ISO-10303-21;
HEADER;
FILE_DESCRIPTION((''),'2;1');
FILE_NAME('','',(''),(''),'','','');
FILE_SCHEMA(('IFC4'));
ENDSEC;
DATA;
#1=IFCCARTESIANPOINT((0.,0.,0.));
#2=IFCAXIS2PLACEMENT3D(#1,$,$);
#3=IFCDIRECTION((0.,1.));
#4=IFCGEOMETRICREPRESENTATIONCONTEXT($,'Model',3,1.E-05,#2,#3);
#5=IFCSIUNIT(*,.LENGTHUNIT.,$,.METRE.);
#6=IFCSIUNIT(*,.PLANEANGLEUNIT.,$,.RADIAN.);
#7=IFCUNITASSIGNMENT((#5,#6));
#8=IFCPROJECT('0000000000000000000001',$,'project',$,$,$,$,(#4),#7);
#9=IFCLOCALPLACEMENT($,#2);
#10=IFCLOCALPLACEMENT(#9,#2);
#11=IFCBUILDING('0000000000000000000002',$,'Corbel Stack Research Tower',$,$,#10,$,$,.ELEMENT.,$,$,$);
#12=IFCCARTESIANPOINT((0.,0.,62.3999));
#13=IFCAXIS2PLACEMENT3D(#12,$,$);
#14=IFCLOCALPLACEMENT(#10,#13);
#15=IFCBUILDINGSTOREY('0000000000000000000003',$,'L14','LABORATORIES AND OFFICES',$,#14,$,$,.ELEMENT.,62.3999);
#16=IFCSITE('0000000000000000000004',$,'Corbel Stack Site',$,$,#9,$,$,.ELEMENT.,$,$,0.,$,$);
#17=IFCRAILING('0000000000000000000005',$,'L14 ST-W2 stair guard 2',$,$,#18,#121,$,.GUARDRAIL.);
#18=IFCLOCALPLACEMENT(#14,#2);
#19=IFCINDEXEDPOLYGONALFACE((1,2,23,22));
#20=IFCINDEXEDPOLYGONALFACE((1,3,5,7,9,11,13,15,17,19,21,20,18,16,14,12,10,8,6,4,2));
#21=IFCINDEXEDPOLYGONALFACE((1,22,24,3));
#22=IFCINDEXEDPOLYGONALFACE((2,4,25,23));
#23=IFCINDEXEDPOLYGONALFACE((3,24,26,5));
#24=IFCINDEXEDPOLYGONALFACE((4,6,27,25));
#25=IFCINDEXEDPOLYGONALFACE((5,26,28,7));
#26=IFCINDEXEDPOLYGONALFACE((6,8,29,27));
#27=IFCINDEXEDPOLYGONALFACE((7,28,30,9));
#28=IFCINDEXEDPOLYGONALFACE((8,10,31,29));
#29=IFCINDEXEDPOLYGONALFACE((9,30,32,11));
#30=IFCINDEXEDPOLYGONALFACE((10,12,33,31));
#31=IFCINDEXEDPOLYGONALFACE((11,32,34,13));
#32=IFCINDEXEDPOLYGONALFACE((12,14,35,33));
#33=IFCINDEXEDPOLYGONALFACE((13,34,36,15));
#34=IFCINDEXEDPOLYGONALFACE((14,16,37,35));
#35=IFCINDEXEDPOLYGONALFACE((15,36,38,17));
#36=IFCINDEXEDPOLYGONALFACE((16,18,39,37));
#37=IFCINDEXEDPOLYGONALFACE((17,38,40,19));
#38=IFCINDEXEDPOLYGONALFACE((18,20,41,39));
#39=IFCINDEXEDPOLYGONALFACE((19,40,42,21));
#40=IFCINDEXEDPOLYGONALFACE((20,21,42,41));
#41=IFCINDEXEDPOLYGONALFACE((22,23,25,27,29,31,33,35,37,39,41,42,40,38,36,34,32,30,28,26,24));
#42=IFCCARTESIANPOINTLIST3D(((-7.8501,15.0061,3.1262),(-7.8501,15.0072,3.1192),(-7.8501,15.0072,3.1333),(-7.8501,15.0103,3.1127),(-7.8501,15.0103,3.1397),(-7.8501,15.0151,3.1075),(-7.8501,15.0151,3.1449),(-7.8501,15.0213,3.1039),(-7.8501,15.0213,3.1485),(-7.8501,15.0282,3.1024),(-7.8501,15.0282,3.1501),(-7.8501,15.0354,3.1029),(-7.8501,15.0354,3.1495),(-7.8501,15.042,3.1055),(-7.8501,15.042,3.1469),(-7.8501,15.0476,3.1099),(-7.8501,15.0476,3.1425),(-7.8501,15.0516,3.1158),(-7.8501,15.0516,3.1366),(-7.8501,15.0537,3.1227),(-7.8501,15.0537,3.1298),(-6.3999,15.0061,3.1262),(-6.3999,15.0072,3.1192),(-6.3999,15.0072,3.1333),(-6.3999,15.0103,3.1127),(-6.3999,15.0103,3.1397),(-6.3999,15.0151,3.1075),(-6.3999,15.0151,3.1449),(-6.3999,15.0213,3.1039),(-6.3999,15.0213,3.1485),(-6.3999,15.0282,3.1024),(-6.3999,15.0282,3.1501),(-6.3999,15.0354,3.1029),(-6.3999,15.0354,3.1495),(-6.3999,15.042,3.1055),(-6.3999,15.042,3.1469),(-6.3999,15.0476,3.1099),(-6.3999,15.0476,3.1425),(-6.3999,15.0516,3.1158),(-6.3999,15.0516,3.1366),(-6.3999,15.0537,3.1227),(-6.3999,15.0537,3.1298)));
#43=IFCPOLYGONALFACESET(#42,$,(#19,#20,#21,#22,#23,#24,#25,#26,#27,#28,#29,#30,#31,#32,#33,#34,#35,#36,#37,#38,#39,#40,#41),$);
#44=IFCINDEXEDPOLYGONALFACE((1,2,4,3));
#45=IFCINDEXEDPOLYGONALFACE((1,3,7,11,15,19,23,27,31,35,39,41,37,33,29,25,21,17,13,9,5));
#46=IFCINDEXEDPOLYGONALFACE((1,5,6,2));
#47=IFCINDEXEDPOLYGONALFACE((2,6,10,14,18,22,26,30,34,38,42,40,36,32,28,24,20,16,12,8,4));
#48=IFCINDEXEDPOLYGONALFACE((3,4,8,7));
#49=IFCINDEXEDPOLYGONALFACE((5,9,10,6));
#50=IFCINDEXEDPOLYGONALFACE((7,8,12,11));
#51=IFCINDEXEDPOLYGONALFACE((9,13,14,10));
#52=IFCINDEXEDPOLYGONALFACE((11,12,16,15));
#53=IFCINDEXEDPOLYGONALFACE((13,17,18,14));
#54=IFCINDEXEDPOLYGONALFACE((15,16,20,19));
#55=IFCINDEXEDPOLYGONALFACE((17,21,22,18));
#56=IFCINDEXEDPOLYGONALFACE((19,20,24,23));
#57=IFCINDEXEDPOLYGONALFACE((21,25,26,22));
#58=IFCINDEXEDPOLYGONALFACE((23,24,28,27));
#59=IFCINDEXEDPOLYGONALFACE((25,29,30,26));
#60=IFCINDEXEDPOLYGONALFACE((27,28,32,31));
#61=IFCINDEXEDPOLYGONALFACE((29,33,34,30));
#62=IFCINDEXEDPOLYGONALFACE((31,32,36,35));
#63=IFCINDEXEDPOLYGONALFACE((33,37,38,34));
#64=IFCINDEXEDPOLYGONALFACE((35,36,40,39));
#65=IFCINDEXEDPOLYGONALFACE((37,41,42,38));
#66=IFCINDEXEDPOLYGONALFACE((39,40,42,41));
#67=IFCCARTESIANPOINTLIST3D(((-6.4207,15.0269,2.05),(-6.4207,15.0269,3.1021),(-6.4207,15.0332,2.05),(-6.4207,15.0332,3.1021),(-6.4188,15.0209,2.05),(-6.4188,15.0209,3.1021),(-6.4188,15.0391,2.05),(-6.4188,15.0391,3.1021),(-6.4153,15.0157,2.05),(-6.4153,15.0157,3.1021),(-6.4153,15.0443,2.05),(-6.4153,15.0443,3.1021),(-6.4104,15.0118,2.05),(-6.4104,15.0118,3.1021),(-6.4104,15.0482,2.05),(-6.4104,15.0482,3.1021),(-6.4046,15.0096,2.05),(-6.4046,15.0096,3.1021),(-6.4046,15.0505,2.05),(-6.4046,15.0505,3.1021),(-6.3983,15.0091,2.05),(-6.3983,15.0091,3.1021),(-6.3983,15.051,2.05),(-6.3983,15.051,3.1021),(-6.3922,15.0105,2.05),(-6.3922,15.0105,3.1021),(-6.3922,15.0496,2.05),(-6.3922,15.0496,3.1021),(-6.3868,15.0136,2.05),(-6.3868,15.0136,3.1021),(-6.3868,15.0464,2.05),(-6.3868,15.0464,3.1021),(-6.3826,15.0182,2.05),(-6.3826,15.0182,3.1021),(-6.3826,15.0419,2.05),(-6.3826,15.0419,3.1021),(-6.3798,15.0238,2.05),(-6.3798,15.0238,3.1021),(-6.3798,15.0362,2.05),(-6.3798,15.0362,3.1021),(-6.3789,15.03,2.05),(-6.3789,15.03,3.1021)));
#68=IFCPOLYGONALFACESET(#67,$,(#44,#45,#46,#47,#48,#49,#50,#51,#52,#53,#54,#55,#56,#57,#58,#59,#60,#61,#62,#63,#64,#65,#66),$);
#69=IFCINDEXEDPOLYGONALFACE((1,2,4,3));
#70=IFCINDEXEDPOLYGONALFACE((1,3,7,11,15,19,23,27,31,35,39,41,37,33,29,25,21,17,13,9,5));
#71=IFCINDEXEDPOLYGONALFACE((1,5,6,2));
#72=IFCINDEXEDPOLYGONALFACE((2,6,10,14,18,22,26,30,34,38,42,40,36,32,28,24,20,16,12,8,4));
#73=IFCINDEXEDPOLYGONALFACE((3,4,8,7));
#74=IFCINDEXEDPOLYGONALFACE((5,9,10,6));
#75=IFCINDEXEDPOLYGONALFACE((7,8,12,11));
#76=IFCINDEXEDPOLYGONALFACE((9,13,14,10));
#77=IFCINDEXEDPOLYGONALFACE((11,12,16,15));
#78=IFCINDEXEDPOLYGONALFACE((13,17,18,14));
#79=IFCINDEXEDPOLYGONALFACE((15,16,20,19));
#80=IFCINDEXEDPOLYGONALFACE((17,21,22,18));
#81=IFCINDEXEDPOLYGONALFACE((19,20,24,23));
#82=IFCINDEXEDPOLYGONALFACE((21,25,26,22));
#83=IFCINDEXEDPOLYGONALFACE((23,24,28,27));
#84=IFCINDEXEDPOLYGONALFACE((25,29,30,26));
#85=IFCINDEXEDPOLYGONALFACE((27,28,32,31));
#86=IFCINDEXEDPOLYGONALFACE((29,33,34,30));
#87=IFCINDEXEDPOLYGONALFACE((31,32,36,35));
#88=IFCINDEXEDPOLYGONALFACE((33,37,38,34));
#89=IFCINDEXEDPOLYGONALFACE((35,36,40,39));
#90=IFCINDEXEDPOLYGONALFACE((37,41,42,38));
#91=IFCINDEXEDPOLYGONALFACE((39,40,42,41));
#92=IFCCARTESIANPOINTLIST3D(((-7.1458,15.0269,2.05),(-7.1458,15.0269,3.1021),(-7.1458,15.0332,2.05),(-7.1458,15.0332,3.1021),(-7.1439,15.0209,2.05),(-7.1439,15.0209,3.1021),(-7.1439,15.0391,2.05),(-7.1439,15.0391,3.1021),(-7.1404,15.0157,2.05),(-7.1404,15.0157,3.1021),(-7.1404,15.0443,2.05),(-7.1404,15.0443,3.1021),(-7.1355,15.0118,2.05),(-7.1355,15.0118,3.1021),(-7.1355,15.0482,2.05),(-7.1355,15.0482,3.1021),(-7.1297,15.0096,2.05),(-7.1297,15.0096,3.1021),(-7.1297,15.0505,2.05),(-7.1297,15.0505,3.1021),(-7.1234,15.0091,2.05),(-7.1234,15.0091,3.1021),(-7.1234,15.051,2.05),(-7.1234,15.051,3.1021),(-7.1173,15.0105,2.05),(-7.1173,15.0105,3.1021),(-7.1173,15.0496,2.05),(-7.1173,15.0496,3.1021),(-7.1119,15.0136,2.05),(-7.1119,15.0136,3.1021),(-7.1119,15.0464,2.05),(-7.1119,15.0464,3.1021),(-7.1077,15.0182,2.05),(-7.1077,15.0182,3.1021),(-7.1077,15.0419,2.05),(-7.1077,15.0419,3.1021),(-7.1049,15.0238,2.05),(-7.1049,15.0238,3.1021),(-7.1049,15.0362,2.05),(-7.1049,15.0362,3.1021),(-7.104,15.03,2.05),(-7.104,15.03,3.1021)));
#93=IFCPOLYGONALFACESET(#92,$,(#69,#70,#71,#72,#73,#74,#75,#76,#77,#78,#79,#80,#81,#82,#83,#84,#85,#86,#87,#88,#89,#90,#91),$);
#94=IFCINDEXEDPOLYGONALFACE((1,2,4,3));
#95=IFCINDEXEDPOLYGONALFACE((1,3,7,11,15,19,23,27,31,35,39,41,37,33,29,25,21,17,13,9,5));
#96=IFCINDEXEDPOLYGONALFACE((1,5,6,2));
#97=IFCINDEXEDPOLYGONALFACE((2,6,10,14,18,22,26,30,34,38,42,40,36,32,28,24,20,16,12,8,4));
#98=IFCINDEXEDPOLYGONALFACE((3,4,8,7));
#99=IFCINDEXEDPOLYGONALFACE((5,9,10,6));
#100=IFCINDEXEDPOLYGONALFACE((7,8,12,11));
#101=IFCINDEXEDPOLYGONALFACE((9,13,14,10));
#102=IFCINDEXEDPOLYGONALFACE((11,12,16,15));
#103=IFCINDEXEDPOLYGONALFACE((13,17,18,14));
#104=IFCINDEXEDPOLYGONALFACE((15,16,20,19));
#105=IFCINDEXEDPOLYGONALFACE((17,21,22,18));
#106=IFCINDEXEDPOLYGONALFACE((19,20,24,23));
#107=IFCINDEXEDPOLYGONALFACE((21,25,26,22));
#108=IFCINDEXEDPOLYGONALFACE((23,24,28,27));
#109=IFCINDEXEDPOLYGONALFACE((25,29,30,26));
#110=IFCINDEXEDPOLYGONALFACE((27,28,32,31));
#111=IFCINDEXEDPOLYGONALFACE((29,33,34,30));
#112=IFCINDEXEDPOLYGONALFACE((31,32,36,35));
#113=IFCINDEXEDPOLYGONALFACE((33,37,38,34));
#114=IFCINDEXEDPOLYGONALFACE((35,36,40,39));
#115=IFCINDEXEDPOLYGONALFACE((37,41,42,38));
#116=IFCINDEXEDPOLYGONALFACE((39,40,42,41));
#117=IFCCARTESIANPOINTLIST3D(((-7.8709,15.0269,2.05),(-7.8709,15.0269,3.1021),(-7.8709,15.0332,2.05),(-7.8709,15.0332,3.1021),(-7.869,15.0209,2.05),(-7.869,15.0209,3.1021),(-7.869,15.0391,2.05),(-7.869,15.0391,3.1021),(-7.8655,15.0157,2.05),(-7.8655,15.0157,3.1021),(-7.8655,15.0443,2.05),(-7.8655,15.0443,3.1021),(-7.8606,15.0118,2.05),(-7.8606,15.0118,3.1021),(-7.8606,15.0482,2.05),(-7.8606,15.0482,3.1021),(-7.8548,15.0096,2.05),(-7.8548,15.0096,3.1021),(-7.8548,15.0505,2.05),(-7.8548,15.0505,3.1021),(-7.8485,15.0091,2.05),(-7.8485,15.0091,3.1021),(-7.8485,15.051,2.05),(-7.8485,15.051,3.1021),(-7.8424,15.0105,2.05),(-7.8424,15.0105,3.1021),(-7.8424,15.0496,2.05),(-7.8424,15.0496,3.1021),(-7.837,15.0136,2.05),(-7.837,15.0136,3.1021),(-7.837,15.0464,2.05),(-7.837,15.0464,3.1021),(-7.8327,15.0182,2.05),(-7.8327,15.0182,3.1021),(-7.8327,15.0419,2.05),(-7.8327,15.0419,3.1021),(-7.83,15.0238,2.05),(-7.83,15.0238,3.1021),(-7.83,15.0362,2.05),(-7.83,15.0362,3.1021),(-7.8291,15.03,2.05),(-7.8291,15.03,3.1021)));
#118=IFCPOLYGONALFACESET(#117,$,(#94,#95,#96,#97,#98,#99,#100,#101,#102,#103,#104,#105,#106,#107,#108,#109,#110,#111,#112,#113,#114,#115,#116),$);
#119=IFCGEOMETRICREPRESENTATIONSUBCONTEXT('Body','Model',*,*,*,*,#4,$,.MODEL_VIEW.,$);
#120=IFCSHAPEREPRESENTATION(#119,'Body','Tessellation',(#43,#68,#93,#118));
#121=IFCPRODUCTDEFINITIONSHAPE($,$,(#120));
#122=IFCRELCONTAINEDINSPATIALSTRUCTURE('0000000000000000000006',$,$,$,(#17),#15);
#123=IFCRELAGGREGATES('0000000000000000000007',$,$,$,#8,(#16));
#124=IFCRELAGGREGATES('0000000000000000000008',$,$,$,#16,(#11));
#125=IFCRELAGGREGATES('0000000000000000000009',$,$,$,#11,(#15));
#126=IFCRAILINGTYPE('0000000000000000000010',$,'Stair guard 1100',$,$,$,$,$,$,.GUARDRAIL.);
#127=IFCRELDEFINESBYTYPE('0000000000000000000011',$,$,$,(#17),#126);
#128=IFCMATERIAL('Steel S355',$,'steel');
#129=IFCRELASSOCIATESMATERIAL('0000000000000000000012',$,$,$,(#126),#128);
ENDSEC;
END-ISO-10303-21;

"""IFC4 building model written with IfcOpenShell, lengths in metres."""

from ifc_helpers import new_model, si_unit, direction, frame, origin, origin_2d, place, context, subcontext, project, spatial, circle, extrude, material, type_object, element, save


model = new_model("IFC4")

# Units and contexts
model_context = context("Model", 3, precision=1e-05, world=origin(), true_north=direction((0.0, 1.0)))
body_context = subcontext(model_context, "Body", "Model", "MODEL_VIEW")
ifc_project = project(units=[si_unit("LENGTHUNIT", "METRE"), si_unit("PLANEANGLEUNIT", "RADIAN")], contexts=[model_context])

# Site, building, storey
site_placement = place(None, origin())
site = spatial("IfcSite", under=ifc_project, at=site_placement, Name="Corbel Stack Site", CompositionType="ELEMENT", RefElevation=0.0)
building_placement = place(site_placement, origin())
building = spatial("IfcBuilding", under=site, at=building_placement, Name="Corbel Stack Research Tower", CompositionType="ELEMENT")
storey_placement = place(building_placement, frame((0.0, 0.0, 62.3999)))
storey = spatial("IfcBuildingStorey", under=building, at=storey_placement, Name="L14", Description="LABORATORIES AND OFFICES", CompositionType="ELEMENT", Elevation=62.3999)

# Railing
ifc_material_1 = material(Name="Steel S355", Category="steel")
railing_type_1 = type_object("IfcRailingType", Name="Stair guard 1100", PredefinedType="GUARDRAIL", material=ifc_material_1)
railing_1_placement = place(storey_placement, frame((-6.3999, 15.03, 2.05)))
element("IfcRailing", 1, at=railing_1_placement, inside=storey, type_object=railing_type_1, Name="L14 ST-W2 stair guard 2", PredefinedType="GUARDRAIL", context=body_context, shape_type="SweptSolid", body=[
    extrude(circle(Radius=0.0239, at=origin_2d()), frame((0.0, 0.0, 1.0762), z_axis=(-1.0, 0.0, 0.0), x_axis=(0.0, -1.0, 0.0)), (0.0, 0.0, 1.0), 1.4502),
    extrude(circle(Radius=0.021, at=origin_2d()), origin(), (0.0, 0.0, 1.0), 1.052),
    extrude(circle(Radius=0.021, at=origin_2d()), frame((-0.7251, 0.0, 0.0)), (0.0, 0.0, 1.0), 1.052),
    extrude(circle(Radius=0.021, at=origin_2d()), frame((-1.4502, 0.0, 0.0)), (0.0, 0.0, 1.0), 1.052),
])

save(model, "model.ifc")
